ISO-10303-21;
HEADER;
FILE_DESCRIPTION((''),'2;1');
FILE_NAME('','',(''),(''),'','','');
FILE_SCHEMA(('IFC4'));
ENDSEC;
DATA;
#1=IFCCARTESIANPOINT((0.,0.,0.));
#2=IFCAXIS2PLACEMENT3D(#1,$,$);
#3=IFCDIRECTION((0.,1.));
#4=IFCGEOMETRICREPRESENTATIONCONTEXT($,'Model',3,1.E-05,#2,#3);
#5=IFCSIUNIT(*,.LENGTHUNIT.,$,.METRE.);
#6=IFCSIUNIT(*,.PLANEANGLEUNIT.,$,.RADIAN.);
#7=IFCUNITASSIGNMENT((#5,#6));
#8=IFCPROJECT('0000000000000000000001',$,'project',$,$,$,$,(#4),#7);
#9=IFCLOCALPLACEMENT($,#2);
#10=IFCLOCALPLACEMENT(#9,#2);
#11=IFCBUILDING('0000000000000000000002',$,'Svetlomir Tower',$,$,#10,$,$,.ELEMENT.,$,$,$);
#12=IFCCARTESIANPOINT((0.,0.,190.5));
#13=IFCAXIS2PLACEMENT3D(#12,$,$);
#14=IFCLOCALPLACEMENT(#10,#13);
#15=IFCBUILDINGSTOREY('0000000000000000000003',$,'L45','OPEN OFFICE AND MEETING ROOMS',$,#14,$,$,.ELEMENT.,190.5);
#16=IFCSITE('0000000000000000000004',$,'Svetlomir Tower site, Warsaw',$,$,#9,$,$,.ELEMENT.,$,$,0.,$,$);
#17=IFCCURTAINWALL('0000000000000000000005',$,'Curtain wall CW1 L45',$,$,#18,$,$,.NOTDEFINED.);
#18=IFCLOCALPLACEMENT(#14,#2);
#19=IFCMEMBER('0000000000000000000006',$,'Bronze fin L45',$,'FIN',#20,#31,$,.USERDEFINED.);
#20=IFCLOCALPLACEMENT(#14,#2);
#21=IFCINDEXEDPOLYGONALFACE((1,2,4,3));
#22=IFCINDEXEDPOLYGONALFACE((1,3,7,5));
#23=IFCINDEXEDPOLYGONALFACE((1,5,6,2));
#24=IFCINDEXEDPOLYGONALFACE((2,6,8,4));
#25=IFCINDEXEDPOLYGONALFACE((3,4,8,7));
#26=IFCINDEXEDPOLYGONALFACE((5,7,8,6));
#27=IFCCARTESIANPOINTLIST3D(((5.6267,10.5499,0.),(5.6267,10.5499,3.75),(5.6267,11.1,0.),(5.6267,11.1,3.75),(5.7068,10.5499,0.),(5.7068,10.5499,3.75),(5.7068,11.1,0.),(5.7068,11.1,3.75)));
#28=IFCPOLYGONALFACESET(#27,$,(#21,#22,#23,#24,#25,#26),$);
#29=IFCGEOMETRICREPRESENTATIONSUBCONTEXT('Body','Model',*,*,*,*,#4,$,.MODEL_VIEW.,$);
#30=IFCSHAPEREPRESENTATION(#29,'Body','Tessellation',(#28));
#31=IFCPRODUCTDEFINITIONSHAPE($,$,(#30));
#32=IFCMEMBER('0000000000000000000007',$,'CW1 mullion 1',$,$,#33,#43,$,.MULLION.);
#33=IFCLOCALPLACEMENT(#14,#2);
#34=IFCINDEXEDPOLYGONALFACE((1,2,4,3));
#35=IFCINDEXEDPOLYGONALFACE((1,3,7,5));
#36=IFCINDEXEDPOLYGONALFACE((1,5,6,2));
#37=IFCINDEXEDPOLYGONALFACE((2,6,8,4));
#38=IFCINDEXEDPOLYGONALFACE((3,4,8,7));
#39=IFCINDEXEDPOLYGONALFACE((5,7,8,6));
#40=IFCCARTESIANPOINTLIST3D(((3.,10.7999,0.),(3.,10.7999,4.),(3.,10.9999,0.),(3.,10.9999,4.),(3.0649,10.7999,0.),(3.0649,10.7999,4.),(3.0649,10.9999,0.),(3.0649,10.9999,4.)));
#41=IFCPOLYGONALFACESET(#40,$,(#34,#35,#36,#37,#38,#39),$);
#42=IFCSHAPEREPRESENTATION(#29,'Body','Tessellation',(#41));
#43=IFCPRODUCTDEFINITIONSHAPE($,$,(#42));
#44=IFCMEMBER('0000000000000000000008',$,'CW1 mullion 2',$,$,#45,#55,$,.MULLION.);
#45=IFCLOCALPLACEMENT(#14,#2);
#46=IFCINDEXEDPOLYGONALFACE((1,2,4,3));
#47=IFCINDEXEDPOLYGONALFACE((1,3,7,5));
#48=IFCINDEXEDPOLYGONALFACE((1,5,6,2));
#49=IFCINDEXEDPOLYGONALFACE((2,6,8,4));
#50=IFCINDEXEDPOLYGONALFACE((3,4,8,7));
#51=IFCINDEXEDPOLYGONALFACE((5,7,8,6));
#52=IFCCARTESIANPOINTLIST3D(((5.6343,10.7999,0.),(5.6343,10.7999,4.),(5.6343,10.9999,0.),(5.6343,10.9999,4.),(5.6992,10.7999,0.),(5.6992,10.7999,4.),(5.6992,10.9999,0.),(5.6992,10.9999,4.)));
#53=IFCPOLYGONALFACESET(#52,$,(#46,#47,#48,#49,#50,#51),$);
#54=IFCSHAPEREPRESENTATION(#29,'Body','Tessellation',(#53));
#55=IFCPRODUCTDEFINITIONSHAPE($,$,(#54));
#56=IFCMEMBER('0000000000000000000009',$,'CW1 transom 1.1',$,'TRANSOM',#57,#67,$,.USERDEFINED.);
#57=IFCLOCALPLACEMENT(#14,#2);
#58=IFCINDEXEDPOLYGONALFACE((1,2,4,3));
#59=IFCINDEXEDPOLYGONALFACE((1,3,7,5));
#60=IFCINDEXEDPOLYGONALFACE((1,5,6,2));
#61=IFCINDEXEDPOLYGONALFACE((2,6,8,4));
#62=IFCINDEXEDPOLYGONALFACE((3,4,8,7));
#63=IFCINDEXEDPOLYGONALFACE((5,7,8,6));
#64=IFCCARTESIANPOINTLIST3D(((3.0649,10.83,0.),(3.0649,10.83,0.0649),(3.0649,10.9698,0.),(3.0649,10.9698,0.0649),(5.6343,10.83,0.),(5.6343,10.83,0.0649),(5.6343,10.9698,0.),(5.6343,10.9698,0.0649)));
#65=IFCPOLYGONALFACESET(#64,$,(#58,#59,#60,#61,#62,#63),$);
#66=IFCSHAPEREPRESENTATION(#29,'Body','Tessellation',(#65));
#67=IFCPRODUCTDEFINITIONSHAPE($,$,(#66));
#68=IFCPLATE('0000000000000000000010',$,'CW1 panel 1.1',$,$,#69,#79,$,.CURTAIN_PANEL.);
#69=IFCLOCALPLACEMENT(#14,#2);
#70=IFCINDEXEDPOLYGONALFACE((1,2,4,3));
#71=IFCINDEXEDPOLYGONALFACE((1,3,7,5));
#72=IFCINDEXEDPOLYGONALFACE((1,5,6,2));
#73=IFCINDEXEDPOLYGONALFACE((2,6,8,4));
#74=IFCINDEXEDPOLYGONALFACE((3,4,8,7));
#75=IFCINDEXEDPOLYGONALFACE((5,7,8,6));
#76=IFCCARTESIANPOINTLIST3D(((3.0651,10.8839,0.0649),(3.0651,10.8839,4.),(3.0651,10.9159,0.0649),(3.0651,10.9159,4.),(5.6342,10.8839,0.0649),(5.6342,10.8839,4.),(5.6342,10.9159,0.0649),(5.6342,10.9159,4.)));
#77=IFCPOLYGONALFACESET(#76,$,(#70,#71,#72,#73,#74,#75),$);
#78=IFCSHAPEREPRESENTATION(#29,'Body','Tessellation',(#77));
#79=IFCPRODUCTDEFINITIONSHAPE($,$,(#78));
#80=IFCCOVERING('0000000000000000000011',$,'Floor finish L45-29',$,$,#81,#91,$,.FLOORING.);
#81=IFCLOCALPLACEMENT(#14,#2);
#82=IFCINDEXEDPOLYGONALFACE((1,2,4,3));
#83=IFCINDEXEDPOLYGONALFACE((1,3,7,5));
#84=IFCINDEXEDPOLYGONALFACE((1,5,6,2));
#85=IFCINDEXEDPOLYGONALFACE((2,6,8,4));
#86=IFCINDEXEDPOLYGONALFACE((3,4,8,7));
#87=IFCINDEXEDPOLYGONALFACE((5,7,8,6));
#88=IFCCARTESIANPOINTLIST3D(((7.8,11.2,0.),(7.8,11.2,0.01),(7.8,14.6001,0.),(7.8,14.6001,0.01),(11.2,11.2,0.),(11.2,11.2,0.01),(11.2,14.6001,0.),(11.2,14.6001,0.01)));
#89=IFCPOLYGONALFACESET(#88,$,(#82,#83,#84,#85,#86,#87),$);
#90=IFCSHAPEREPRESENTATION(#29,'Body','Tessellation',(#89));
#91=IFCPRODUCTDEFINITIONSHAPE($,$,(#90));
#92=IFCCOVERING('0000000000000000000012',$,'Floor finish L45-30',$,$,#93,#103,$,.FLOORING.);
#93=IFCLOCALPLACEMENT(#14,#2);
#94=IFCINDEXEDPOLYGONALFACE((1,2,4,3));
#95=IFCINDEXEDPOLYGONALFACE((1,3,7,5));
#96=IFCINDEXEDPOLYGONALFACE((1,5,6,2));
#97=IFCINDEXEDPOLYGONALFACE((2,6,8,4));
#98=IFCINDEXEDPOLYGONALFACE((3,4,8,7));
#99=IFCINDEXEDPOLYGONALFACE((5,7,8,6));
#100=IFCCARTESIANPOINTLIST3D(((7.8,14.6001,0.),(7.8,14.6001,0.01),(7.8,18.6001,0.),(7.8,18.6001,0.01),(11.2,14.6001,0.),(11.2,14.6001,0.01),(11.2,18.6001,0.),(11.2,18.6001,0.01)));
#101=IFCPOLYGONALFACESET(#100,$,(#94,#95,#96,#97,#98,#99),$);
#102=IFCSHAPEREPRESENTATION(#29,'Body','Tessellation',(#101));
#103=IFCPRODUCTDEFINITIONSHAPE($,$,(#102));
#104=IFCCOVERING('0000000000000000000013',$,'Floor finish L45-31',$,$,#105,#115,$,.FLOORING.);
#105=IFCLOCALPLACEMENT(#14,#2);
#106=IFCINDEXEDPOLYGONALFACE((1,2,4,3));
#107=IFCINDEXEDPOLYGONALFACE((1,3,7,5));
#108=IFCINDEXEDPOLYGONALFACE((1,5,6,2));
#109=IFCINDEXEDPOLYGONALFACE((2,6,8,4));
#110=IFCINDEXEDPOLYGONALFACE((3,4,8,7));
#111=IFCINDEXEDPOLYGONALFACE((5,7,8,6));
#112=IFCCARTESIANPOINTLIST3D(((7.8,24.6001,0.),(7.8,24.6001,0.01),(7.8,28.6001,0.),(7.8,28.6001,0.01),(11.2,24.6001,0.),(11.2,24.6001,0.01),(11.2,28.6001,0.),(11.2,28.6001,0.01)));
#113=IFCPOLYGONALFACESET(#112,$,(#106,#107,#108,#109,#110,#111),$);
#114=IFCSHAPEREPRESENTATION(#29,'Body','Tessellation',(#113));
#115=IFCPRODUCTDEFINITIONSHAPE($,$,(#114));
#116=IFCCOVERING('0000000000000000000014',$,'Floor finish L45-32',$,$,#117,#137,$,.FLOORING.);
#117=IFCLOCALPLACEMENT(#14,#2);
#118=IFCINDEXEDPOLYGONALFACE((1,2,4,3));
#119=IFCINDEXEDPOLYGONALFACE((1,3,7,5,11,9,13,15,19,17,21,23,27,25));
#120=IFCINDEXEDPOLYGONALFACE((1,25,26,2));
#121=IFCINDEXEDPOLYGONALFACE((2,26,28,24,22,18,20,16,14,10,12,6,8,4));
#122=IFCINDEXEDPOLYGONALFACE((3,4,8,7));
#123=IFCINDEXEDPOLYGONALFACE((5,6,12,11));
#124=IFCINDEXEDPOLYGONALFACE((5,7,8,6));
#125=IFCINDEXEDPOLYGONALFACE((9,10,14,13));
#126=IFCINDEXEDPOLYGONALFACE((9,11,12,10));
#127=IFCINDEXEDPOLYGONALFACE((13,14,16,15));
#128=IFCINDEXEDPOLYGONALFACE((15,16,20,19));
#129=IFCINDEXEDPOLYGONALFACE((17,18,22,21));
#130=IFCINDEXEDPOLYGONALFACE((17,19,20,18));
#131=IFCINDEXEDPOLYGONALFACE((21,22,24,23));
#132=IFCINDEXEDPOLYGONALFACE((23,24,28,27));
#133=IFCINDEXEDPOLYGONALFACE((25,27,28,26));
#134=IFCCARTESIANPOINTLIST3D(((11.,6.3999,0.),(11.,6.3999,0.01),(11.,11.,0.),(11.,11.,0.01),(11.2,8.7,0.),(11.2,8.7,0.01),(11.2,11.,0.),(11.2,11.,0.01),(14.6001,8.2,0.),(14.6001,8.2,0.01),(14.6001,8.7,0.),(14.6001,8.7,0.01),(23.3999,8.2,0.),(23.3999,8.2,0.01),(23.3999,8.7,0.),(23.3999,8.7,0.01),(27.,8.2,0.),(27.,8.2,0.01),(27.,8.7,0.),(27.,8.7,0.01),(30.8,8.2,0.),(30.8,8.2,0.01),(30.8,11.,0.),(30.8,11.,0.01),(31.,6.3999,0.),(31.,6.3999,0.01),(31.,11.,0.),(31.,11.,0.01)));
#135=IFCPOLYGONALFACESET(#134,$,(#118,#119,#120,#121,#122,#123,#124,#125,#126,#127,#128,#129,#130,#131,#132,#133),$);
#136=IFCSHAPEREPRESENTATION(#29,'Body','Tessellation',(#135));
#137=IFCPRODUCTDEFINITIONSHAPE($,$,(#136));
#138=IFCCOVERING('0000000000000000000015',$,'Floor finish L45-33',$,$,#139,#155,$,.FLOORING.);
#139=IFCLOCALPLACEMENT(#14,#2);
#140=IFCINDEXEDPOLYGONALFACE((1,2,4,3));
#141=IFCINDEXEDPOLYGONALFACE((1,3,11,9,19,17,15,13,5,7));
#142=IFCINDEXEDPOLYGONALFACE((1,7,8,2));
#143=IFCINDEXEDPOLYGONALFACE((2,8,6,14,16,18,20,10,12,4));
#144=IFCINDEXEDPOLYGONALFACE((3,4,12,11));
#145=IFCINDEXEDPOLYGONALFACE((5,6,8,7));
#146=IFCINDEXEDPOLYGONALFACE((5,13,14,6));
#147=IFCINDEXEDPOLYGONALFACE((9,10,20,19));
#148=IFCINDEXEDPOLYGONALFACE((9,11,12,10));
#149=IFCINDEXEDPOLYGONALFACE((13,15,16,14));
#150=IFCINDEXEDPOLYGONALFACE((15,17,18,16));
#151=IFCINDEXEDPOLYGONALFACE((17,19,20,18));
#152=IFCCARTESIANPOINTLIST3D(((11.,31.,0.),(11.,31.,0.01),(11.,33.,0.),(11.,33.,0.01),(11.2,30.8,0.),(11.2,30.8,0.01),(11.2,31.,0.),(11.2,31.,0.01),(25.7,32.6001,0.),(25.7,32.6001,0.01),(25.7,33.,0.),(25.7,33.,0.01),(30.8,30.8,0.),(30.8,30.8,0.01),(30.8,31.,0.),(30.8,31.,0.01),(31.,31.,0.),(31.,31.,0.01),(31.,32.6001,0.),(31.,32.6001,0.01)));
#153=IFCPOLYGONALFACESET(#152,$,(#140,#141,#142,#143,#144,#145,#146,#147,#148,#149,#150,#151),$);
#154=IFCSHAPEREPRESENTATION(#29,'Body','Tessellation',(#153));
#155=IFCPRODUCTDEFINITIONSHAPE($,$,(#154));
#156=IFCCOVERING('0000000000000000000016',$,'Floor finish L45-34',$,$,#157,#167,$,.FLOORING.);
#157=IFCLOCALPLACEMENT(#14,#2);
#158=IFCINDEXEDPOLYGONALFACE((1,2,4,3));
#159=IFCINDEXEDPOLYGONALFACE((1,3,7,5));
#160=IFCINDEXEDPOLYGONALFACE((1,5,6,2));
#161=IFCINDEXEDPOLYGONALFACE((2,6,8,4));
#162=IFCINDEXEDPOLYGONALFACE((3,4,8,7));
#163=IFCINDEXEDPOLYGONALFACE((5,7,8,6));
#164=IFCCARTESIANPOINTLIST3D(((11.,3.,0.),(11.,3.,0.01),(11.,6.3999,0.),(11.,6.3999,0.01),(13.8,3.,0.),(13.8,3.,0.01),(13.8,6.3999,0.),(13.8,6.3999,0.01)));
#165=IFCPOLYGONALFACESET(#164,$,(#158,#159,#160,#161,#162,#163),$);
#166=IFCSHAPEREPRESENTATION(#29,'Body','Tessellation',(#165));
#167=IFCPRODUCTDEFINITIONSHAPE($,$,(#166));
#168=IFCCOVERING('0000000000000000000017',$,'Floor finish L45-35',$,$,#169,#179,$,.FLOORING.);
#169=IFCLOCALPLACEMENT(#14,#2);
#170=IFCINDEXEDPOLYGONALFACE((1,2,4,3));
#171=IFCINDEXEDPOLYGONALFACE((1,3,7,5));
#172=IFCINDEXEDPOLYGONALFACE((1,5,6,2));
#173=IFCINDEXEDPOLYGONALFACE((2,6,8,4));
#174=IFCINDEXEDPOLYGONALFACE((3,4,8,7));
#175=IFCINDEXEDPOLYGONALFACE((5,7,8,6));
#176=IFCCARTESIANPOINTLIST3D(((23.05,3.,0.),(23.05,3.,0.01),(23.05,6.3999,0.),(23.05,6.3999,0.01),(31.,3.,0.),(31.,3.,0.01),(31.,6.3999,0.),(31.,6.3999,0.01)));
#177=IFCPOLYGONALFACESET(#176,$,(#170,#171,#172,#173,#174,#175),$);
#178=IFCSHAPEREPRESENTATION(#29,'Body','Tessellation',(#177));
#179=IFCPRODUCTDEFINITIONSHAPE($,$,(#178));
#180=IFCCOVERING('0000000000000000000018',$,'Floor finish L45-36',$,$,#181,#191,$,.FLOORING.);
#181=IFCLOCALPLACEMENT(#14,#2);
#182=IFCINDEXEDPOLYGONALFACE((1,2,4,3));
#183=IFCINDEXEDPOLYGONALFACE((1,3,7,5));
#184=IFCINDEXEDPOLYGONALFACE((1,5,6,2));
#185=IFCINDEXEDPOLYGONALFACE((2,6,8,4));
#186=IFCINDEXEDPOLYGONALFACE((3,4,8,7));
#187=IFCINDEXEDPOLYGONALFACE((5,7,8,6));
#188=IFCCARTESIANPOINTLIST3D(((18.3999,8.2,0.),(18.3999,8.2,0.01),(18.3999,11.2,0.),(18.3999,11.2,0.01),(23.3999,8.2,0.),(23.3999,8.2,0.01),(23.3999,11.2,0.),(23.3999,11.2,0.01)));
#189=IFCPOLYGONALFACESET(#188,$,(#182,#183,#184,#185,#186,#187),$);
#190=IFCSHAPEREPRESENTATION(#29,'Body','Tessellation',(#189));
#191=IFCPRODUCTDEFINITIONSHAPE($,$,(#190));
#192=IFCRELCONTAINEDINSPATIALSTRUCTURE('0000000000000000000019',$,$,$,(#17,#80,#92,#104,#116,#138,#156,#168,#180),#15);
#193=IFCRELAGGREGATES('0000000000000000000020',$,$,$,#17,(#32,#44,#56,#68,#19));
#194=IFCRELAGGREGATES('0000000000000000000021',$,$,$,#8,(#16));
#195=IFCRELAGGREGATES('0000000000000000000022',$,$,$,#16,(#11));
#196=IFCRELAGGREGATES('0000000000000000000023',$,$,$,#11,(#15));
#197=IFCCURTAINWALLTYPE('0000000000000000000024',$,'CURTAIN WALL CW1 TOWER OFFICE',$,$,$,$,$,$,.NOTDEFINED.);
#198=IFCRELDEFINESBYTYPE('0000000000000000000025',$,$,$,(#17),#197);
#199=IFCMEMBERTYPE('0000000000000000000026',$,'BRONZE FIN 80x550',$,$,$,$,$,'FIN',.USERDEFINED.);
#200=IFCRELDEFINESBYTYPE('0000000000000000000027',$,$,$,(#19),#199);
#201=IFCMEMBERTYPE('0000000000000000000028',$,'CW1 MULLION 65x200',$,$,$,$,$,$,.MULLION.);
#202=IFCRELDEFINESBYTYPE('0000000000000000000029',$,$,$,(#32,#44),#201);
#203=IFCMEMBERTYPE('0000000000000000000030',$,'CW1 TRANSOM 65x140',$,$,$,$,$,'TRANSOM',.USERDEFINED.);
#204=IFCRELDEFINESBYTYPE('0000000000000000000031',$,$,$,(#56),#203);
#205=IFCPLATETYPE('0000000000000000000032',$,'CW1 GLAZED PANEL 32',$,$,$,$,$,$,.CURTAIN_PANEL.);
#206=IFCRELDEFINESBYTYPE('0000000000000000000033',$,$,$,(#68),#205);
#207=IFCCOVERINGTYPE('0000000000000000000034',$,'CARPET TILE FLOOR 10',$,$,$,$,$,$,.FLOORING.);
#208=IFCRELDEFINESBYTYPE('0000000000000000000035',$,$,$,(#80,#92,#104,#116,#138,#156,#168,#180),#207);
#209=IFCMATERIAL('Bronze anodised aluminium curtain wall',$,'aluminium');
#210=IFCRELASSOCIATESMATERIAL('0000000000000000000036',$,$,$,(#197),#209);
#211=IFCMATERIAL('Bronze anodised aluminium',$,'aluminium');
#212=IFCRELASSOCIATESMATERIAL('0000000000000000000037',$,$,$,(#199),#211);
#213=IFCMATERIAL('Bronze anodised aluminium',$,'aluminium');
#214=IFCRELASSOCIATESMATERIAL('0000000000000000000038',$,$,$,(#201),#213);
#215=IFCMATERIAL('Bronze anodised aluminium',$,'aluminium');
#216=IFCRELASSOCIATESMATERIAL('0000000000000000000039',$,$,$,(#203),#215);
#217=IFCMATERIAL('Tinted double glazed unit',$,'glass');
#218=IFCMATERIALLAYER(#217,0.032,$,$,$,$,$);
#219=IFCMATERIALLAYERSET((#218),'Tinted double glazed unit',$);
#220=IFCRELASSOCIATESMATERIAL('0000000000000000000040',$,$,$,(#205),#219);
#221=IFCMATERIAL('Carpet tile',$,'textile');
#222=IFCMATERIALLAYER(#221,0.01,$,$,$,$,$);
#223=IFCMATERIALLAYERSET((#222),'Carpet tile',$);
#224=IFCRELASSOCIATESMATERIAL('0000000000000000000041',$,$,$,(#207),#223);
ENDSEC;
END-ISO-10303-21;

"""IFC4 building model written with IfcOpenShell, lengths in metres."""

from ifc_helpers import new_model, si_unit, direction, frame, origin, origin_2d, place, context, subcontext, project, spatial, polyline, rectangle, outline, extrude, material, layer, layer_set, material_profile, profile_set, type_object, element, aggregate, save


model = new_model("IFC4")

# Units and contexts
model_context = context("Model", 3, precision=1e-05, world=origin(), true_north=direction((0.0, 1.0)))
body_context = subcontext(model_context, "Body", "Model", "MODEL_VIEW")
ifc_project = project(units=[si_unit("LENGTHUNIT", "METRE"), si_unit("PLANEANGLEUNIT", "RADIAN")], contexts=[model_context])

# Site, building, storey
site_placement = place(None, origin())
site = spatial("IfcSite", under=ifc_project, at=site_placement, Name="Svetlomir Tower site, Warsaw", CompositionType="ELEMENT", RefElevation=0.0)
building_placement = place(site_placement, origin())
building = spatial("IfcBuilding", under=site, at=building_placement, Name="Svetlomir Tower", CompositionType="ELEMENT")
storey_placement = place(building_placement, frame((0.0, 0.0, 190.5)))
storey = spatial("IfcBuildingStorey", under=building, at=storey_placement, Name="L45", Description="OPEN OFFICE AND MEETING ROOMS", CompositionType="ELEMENT", Elevation=190.5)

# Curtain wall, members, plate
ifc_material_1 = material(Name="Bronze anodised aluminium curtain wall", Category="aluminium")
curtain_wall_type = type_object("IfcCurtainWallType", Name="CURTAIN WALL CW1 TOWER OFFICE", PredefinedType="NOTDEFINED", material=ifc_material_1)
curtain_wall_placement = place(storey_placement, origin())
curtain_wall = element("IfcCurtainWall", 1, at=curtain_wall_placement, inside=storey, type_object=curtain_wall_type, Name="Curtain wall CW1 L45", PredefinedType="NOTDEFINED")
ifc_material_2 = material(Name="Bronze anodised aluminium", Category="aluminium")
ifc_material_profile_1 = material_profile(ifc_material_2, rectangle(XDim=0.0801, YDim=0.55, at=origin_2d()), Name="FIN 80x550")
ifc_profile_set_1 = profile_set([ifc_material_profile_1], Name="Bronze anodised aluminium 6063-T6")
member_type_1 = type_object("IfcMemberType", Name="BRONZE FIN 80x550", ElementType="FIN", PredefinedType="USERDEFINED", material=ifc_profile_set_1)
member_1_placement = place(storey_placement, frame((5.6667, 10.825, 0.0), z_axis=(0.0, 0.0, 1.0), x_axis=(1.0, 0.0, 0.0)))
member_1 = element("IfcMember", 2, at=member_1_placement, type_object=member_type_1, Name="Bronze fin L45", ObjectType="FIN", PredefinedType="USERDEFINED", context=body_context, shape_type="SweptSolid", body=[
    extrude(rectangle(XDim=0.0801, YDim=0.55, at=origin_2d()), origin(), (0.0, 0.0, 1.0), 3.75),
])
ifc_material_3 = material(Name="Bronze anodised aluminium", Category="aluminium")
ifc_material_profile_2 = material_profile(ifc_material_3, rectangle(XDim=0.0649, YDim=0.2, at=origin_2d()), Name="AL 65x200")
ifc_profile_set_2 = profile_set([ifc_material_profile_2], Name="Bronze anodised aluminium 6063-T6")
member_type_2 = type_object("IfcMemberType", Name="CW1 MULLION 65x200", PredefinedType="MULLION", material=ifc_profile_set_2)
member_2_placement = place(storey_placement, frame((3.0325, 10.8999, 0.0), z_axis=(0.0, 0.0, 1.0), x_axis=(1.0, 0.0, 0.0)))
member_2 = element("IfcMember", 3, at=member_2_placement, type_object=member_type_2, Name="CW1 mullion 1", PredefinedType="MULLION", context=body_context, shape_type="SweptSolid", body=[
    extrude(rectangle(XDim=0.0649, YDim=0.2, at=origin_2d()), origin(), (0.0, 0.0, 1.0), 4.0),
])
member_3_placement = place(storey_placement, frame((5.6667, 10.8999, 0.0), z_axis=(0.0, 0.0, 1.0), x_axis=(1.0, 0.0, 0.0)))
member_3 = element("IfcMember", 4, at=member_3_placement, type_object=member_type_2, Name="CW1 mullion 2", PredefinedType="MULLION", context=body_context, shape_type="SweptSolid", body=[
    extrude(rectangle(XDim=0.0649, YDim=0.2, at=origin_2d()), origin(), (0.0, 0.0, 1.0), 4.0),
])
ifc_material_4 = material(Name="Bronze anodised aluminium", Category="aluminium")
ifc_material_profile_3 = material_profile(ifc_material_4, rectangle(XDim=0.1399, YDim=0.0649, at=origin_2d()), Name="AL 140x65")
ifc_profile_set_3 = profile_set([ifc_material_profile_3], Name="Bronze anodised aluminium 6063-T6")
member_type_3 = type_object("IfcMemberType", Name="CW1 TRANSOM 65x140", ElementType="TRANSOM", PredefinedType="USERDEFINED", material=ifc_profile_set_3)
member_4_placement = place(storey_placement, frame((3.0649, 10.8999, 0.0325), z_axis=(1.0, 0.0, 0.0), x_axis=(0.0, 1.0, 0.0)))
member_4 = element("IfcMember", 5, at=member_4_placement, type_object=member_type_3, Name="CW1 transom 1.1", ObjectType="TRANSOM", PredefinedType="USERDEFINED", context=body_context, shape_type="SweptSolid", body=[
    extrude(rectangle(XDim=0.1399, YDim=0.0649, at=origin_2d()), origin(), (0.0, 0.0, 1.0), 2.5693),
])
ifc_material_5 = material(Name="Tinted double glazed unit", Category="glass")
ifc_layer_1 = layer(ifc_material_5, 0.032)
ifc_layer_set_1 = layer_set([ifc_layer_1], Name="Tinted double glazed unit")
plate_type = type_object("IfcPlateType", Name="CW1 GLAZED PANEL 32", PredefinedType="CURTAIN_PANEL", material=ifc_layer_set_1)
plate_placement = place(storey_placement, frame((4.3496, 10.8999, 0.0649), z_axis=(0.0, 0.0, 1.0), x_axis=(1.0, 0.0, 0.0)))
plate = element("IfcPlate", 6, at=plate_placement, type_object=plate_type, Name="CW1 panel 1.1", PredefinedType="CURTAIN_PANEL", context=body_context, shape_type="SweptSolid", body=[
    extrude(rectangle(XDim=2.5691, YDim=0.032, at=origin_2d()), origin(), (0.0, 0.0, 1.0), 3.9351),
])
aggregate(curtain_wall, [member_2, member_3, member_4, plate, member_1])

# Coverings
ifc_material_6 = material(Name="Carpet tile", Category="textile")
ifc_layer_2 = layer(ifc_material_6, 0.01)
ifc_layer_set_2 = layer_set([ifc_layer_2], Name="Carpet tile")
covering_type_1 = type_object("IfcCoveringType", Name="CARPET TILE FLOOR 10", PredefinedType="FLOORING", material=ifc_layer_set_2)
covering_1_placement = place(storey_placement, origin())
element("IfcCovering", 7, at=covering_1_placement, inside=storey, type_object=covering_type_1, Name="Floor finish L45-29", PredefinedType="FLOORING", context=body_context, shape_type="SweptSolid", body=[
    extrude(outline(polyline([(7.8, 11.2), (11.2, 11.2), (11.2, 14.6001), (7.8, 14.6001), (7.8, 11.2)])), origin(), (0.0, 0.0, 1.0), 0.01),
])
covering_2_placement = place(storey_placement, origin())
element("IfcCovering", 8, at=covering_2_placement, inside=storey, type_object=covering_type_1, Name="Floor finish L45-30", PredefinedType="FLOORING", context=body_context, shape_type="SweptSolid", body=[
    extrude(outline(polyline([(7.8, 14.6001), (11.2, 14.6001), (11.2, 18.6001), (7.8, 18.6001), (7.8, 14.6001)])), origin(), (0.0, 0.0, 1.0), 0.01),
])
covering_3_placement = place(storey_placement, origin())
element("IfcCovering", 9, at=covering_3_placement, inside=storey, type_object=covering_type_1, Name="Floor finish L45-31", PredefinedType="FLOORING", context=body_context, shape_type="SweptSolid", body=[
    extrude(outline(polyline([(7.8, 24.6001), (11.2, 24.6001), (11.2, 28.6001), (7.8, 28.6001), (7.8, 24.6001)])), origin(), (0.0, 0.0, 1.0), 0.01),
])
covering_4_placement = place(storey_placement, origin())
element("IfcCovering", 10, at=covering_4_placement, inside=storey, type_object=covering_type_1, Name="Floor finish L45-32", PredefinedType="FLOORING", context=body_context, shape_type="SweptSolid", body=[
    extrude(outline(polyline([(31.0, 6.3999), (11.0, 6.3999), (11.0, 11.0), (11.2, 11.0), (11.2, 8.7), (14.6001, 8.7), (14.6001, 8.2), (23.3999, 8.2), (23.3999, 8.7), (27.0, 8.7), (27.0, 8.2), (30.8, 8.2), (30.8, 11.0), (31.0, 11.0), (31.0, 6.3999)])), origin(), (0.0, 0.0, 1.0), 0.01),
])
covering_5_placement = place(storey_placement, origin())
element("IfcCovering", 11, at=covering_5_placement, inside=storey, type_object=covering_type_1, Name="Floor finish L45-33", PredefinedType="FLOORING", context=body_context, shape_type="SweptSolid", body=[
    extrude(outline(polyline([(11.2, 30.8), (11.2, 31.0), (11.0, 31.0), (11.0, 33.0), (25.7, 33.0), (25.7, 32.6001), (31.0, 32.6001), (31.0, 31.0), (30.8, 31.0), (30.8, 30.8), (11.2, 30.8)])), origin(), (0.0, 0.0, 1.0), 0.01),
])
covering_6_placement = place(storey_placement, origin())
element("IfcCovering", 12, at=covering_6_placement, inside=storey, type_object=covering_type_1, Name="Floor finish L45-34", PredefinedType="FLOORING", context=body_context, shape_type="SweptSolid", body=[
    extrude(outline(polyline([(13.8, 6.3999), (13.8, 3.0), (11.0, 3.0), (11.0, 6.3999), (13.8, 6.3999)])), origin(), (0.0, 0.0, 1.0), 0.01),
])
covering_7_placement = place(storey_placement, origin())
element("IfcCovering", 13, at=covering_7_placement, inside=storey, type_object=covering_type_1, Name="Floor finish L45-35", PredefinedType="FLOORING", context=body_context, shape_type="SweptSolid", body=[
    extrude(outline(polyline([(23.05, 3.0), (23.05, 6.3999), (31.0, 6.3999), (31.0, 3.0), (23.05, 3.0)])), origin(), (0.0, 0.0, 1.0), 0.01),
])
covering_8_placement = place(storey_placement, origin())
element("IfcCovering", 14, at=covering_8_placement, inside=storey, type_object=covering_type_1, Name="Floor finish L45-36", PredefinedType="FLOORING", context=body_context, shape_type="SweptSolid", body=[
    extrude(outline(polyline([(23.3999, 11.2), (23.3999, 8.2), (18.3999, 8.2), (18.3999, 11.2), (23.3999, 11.2)])), origin(), (0.0, 0.0, 1.0), 0.01),
])

save(model, "model.ifc")
